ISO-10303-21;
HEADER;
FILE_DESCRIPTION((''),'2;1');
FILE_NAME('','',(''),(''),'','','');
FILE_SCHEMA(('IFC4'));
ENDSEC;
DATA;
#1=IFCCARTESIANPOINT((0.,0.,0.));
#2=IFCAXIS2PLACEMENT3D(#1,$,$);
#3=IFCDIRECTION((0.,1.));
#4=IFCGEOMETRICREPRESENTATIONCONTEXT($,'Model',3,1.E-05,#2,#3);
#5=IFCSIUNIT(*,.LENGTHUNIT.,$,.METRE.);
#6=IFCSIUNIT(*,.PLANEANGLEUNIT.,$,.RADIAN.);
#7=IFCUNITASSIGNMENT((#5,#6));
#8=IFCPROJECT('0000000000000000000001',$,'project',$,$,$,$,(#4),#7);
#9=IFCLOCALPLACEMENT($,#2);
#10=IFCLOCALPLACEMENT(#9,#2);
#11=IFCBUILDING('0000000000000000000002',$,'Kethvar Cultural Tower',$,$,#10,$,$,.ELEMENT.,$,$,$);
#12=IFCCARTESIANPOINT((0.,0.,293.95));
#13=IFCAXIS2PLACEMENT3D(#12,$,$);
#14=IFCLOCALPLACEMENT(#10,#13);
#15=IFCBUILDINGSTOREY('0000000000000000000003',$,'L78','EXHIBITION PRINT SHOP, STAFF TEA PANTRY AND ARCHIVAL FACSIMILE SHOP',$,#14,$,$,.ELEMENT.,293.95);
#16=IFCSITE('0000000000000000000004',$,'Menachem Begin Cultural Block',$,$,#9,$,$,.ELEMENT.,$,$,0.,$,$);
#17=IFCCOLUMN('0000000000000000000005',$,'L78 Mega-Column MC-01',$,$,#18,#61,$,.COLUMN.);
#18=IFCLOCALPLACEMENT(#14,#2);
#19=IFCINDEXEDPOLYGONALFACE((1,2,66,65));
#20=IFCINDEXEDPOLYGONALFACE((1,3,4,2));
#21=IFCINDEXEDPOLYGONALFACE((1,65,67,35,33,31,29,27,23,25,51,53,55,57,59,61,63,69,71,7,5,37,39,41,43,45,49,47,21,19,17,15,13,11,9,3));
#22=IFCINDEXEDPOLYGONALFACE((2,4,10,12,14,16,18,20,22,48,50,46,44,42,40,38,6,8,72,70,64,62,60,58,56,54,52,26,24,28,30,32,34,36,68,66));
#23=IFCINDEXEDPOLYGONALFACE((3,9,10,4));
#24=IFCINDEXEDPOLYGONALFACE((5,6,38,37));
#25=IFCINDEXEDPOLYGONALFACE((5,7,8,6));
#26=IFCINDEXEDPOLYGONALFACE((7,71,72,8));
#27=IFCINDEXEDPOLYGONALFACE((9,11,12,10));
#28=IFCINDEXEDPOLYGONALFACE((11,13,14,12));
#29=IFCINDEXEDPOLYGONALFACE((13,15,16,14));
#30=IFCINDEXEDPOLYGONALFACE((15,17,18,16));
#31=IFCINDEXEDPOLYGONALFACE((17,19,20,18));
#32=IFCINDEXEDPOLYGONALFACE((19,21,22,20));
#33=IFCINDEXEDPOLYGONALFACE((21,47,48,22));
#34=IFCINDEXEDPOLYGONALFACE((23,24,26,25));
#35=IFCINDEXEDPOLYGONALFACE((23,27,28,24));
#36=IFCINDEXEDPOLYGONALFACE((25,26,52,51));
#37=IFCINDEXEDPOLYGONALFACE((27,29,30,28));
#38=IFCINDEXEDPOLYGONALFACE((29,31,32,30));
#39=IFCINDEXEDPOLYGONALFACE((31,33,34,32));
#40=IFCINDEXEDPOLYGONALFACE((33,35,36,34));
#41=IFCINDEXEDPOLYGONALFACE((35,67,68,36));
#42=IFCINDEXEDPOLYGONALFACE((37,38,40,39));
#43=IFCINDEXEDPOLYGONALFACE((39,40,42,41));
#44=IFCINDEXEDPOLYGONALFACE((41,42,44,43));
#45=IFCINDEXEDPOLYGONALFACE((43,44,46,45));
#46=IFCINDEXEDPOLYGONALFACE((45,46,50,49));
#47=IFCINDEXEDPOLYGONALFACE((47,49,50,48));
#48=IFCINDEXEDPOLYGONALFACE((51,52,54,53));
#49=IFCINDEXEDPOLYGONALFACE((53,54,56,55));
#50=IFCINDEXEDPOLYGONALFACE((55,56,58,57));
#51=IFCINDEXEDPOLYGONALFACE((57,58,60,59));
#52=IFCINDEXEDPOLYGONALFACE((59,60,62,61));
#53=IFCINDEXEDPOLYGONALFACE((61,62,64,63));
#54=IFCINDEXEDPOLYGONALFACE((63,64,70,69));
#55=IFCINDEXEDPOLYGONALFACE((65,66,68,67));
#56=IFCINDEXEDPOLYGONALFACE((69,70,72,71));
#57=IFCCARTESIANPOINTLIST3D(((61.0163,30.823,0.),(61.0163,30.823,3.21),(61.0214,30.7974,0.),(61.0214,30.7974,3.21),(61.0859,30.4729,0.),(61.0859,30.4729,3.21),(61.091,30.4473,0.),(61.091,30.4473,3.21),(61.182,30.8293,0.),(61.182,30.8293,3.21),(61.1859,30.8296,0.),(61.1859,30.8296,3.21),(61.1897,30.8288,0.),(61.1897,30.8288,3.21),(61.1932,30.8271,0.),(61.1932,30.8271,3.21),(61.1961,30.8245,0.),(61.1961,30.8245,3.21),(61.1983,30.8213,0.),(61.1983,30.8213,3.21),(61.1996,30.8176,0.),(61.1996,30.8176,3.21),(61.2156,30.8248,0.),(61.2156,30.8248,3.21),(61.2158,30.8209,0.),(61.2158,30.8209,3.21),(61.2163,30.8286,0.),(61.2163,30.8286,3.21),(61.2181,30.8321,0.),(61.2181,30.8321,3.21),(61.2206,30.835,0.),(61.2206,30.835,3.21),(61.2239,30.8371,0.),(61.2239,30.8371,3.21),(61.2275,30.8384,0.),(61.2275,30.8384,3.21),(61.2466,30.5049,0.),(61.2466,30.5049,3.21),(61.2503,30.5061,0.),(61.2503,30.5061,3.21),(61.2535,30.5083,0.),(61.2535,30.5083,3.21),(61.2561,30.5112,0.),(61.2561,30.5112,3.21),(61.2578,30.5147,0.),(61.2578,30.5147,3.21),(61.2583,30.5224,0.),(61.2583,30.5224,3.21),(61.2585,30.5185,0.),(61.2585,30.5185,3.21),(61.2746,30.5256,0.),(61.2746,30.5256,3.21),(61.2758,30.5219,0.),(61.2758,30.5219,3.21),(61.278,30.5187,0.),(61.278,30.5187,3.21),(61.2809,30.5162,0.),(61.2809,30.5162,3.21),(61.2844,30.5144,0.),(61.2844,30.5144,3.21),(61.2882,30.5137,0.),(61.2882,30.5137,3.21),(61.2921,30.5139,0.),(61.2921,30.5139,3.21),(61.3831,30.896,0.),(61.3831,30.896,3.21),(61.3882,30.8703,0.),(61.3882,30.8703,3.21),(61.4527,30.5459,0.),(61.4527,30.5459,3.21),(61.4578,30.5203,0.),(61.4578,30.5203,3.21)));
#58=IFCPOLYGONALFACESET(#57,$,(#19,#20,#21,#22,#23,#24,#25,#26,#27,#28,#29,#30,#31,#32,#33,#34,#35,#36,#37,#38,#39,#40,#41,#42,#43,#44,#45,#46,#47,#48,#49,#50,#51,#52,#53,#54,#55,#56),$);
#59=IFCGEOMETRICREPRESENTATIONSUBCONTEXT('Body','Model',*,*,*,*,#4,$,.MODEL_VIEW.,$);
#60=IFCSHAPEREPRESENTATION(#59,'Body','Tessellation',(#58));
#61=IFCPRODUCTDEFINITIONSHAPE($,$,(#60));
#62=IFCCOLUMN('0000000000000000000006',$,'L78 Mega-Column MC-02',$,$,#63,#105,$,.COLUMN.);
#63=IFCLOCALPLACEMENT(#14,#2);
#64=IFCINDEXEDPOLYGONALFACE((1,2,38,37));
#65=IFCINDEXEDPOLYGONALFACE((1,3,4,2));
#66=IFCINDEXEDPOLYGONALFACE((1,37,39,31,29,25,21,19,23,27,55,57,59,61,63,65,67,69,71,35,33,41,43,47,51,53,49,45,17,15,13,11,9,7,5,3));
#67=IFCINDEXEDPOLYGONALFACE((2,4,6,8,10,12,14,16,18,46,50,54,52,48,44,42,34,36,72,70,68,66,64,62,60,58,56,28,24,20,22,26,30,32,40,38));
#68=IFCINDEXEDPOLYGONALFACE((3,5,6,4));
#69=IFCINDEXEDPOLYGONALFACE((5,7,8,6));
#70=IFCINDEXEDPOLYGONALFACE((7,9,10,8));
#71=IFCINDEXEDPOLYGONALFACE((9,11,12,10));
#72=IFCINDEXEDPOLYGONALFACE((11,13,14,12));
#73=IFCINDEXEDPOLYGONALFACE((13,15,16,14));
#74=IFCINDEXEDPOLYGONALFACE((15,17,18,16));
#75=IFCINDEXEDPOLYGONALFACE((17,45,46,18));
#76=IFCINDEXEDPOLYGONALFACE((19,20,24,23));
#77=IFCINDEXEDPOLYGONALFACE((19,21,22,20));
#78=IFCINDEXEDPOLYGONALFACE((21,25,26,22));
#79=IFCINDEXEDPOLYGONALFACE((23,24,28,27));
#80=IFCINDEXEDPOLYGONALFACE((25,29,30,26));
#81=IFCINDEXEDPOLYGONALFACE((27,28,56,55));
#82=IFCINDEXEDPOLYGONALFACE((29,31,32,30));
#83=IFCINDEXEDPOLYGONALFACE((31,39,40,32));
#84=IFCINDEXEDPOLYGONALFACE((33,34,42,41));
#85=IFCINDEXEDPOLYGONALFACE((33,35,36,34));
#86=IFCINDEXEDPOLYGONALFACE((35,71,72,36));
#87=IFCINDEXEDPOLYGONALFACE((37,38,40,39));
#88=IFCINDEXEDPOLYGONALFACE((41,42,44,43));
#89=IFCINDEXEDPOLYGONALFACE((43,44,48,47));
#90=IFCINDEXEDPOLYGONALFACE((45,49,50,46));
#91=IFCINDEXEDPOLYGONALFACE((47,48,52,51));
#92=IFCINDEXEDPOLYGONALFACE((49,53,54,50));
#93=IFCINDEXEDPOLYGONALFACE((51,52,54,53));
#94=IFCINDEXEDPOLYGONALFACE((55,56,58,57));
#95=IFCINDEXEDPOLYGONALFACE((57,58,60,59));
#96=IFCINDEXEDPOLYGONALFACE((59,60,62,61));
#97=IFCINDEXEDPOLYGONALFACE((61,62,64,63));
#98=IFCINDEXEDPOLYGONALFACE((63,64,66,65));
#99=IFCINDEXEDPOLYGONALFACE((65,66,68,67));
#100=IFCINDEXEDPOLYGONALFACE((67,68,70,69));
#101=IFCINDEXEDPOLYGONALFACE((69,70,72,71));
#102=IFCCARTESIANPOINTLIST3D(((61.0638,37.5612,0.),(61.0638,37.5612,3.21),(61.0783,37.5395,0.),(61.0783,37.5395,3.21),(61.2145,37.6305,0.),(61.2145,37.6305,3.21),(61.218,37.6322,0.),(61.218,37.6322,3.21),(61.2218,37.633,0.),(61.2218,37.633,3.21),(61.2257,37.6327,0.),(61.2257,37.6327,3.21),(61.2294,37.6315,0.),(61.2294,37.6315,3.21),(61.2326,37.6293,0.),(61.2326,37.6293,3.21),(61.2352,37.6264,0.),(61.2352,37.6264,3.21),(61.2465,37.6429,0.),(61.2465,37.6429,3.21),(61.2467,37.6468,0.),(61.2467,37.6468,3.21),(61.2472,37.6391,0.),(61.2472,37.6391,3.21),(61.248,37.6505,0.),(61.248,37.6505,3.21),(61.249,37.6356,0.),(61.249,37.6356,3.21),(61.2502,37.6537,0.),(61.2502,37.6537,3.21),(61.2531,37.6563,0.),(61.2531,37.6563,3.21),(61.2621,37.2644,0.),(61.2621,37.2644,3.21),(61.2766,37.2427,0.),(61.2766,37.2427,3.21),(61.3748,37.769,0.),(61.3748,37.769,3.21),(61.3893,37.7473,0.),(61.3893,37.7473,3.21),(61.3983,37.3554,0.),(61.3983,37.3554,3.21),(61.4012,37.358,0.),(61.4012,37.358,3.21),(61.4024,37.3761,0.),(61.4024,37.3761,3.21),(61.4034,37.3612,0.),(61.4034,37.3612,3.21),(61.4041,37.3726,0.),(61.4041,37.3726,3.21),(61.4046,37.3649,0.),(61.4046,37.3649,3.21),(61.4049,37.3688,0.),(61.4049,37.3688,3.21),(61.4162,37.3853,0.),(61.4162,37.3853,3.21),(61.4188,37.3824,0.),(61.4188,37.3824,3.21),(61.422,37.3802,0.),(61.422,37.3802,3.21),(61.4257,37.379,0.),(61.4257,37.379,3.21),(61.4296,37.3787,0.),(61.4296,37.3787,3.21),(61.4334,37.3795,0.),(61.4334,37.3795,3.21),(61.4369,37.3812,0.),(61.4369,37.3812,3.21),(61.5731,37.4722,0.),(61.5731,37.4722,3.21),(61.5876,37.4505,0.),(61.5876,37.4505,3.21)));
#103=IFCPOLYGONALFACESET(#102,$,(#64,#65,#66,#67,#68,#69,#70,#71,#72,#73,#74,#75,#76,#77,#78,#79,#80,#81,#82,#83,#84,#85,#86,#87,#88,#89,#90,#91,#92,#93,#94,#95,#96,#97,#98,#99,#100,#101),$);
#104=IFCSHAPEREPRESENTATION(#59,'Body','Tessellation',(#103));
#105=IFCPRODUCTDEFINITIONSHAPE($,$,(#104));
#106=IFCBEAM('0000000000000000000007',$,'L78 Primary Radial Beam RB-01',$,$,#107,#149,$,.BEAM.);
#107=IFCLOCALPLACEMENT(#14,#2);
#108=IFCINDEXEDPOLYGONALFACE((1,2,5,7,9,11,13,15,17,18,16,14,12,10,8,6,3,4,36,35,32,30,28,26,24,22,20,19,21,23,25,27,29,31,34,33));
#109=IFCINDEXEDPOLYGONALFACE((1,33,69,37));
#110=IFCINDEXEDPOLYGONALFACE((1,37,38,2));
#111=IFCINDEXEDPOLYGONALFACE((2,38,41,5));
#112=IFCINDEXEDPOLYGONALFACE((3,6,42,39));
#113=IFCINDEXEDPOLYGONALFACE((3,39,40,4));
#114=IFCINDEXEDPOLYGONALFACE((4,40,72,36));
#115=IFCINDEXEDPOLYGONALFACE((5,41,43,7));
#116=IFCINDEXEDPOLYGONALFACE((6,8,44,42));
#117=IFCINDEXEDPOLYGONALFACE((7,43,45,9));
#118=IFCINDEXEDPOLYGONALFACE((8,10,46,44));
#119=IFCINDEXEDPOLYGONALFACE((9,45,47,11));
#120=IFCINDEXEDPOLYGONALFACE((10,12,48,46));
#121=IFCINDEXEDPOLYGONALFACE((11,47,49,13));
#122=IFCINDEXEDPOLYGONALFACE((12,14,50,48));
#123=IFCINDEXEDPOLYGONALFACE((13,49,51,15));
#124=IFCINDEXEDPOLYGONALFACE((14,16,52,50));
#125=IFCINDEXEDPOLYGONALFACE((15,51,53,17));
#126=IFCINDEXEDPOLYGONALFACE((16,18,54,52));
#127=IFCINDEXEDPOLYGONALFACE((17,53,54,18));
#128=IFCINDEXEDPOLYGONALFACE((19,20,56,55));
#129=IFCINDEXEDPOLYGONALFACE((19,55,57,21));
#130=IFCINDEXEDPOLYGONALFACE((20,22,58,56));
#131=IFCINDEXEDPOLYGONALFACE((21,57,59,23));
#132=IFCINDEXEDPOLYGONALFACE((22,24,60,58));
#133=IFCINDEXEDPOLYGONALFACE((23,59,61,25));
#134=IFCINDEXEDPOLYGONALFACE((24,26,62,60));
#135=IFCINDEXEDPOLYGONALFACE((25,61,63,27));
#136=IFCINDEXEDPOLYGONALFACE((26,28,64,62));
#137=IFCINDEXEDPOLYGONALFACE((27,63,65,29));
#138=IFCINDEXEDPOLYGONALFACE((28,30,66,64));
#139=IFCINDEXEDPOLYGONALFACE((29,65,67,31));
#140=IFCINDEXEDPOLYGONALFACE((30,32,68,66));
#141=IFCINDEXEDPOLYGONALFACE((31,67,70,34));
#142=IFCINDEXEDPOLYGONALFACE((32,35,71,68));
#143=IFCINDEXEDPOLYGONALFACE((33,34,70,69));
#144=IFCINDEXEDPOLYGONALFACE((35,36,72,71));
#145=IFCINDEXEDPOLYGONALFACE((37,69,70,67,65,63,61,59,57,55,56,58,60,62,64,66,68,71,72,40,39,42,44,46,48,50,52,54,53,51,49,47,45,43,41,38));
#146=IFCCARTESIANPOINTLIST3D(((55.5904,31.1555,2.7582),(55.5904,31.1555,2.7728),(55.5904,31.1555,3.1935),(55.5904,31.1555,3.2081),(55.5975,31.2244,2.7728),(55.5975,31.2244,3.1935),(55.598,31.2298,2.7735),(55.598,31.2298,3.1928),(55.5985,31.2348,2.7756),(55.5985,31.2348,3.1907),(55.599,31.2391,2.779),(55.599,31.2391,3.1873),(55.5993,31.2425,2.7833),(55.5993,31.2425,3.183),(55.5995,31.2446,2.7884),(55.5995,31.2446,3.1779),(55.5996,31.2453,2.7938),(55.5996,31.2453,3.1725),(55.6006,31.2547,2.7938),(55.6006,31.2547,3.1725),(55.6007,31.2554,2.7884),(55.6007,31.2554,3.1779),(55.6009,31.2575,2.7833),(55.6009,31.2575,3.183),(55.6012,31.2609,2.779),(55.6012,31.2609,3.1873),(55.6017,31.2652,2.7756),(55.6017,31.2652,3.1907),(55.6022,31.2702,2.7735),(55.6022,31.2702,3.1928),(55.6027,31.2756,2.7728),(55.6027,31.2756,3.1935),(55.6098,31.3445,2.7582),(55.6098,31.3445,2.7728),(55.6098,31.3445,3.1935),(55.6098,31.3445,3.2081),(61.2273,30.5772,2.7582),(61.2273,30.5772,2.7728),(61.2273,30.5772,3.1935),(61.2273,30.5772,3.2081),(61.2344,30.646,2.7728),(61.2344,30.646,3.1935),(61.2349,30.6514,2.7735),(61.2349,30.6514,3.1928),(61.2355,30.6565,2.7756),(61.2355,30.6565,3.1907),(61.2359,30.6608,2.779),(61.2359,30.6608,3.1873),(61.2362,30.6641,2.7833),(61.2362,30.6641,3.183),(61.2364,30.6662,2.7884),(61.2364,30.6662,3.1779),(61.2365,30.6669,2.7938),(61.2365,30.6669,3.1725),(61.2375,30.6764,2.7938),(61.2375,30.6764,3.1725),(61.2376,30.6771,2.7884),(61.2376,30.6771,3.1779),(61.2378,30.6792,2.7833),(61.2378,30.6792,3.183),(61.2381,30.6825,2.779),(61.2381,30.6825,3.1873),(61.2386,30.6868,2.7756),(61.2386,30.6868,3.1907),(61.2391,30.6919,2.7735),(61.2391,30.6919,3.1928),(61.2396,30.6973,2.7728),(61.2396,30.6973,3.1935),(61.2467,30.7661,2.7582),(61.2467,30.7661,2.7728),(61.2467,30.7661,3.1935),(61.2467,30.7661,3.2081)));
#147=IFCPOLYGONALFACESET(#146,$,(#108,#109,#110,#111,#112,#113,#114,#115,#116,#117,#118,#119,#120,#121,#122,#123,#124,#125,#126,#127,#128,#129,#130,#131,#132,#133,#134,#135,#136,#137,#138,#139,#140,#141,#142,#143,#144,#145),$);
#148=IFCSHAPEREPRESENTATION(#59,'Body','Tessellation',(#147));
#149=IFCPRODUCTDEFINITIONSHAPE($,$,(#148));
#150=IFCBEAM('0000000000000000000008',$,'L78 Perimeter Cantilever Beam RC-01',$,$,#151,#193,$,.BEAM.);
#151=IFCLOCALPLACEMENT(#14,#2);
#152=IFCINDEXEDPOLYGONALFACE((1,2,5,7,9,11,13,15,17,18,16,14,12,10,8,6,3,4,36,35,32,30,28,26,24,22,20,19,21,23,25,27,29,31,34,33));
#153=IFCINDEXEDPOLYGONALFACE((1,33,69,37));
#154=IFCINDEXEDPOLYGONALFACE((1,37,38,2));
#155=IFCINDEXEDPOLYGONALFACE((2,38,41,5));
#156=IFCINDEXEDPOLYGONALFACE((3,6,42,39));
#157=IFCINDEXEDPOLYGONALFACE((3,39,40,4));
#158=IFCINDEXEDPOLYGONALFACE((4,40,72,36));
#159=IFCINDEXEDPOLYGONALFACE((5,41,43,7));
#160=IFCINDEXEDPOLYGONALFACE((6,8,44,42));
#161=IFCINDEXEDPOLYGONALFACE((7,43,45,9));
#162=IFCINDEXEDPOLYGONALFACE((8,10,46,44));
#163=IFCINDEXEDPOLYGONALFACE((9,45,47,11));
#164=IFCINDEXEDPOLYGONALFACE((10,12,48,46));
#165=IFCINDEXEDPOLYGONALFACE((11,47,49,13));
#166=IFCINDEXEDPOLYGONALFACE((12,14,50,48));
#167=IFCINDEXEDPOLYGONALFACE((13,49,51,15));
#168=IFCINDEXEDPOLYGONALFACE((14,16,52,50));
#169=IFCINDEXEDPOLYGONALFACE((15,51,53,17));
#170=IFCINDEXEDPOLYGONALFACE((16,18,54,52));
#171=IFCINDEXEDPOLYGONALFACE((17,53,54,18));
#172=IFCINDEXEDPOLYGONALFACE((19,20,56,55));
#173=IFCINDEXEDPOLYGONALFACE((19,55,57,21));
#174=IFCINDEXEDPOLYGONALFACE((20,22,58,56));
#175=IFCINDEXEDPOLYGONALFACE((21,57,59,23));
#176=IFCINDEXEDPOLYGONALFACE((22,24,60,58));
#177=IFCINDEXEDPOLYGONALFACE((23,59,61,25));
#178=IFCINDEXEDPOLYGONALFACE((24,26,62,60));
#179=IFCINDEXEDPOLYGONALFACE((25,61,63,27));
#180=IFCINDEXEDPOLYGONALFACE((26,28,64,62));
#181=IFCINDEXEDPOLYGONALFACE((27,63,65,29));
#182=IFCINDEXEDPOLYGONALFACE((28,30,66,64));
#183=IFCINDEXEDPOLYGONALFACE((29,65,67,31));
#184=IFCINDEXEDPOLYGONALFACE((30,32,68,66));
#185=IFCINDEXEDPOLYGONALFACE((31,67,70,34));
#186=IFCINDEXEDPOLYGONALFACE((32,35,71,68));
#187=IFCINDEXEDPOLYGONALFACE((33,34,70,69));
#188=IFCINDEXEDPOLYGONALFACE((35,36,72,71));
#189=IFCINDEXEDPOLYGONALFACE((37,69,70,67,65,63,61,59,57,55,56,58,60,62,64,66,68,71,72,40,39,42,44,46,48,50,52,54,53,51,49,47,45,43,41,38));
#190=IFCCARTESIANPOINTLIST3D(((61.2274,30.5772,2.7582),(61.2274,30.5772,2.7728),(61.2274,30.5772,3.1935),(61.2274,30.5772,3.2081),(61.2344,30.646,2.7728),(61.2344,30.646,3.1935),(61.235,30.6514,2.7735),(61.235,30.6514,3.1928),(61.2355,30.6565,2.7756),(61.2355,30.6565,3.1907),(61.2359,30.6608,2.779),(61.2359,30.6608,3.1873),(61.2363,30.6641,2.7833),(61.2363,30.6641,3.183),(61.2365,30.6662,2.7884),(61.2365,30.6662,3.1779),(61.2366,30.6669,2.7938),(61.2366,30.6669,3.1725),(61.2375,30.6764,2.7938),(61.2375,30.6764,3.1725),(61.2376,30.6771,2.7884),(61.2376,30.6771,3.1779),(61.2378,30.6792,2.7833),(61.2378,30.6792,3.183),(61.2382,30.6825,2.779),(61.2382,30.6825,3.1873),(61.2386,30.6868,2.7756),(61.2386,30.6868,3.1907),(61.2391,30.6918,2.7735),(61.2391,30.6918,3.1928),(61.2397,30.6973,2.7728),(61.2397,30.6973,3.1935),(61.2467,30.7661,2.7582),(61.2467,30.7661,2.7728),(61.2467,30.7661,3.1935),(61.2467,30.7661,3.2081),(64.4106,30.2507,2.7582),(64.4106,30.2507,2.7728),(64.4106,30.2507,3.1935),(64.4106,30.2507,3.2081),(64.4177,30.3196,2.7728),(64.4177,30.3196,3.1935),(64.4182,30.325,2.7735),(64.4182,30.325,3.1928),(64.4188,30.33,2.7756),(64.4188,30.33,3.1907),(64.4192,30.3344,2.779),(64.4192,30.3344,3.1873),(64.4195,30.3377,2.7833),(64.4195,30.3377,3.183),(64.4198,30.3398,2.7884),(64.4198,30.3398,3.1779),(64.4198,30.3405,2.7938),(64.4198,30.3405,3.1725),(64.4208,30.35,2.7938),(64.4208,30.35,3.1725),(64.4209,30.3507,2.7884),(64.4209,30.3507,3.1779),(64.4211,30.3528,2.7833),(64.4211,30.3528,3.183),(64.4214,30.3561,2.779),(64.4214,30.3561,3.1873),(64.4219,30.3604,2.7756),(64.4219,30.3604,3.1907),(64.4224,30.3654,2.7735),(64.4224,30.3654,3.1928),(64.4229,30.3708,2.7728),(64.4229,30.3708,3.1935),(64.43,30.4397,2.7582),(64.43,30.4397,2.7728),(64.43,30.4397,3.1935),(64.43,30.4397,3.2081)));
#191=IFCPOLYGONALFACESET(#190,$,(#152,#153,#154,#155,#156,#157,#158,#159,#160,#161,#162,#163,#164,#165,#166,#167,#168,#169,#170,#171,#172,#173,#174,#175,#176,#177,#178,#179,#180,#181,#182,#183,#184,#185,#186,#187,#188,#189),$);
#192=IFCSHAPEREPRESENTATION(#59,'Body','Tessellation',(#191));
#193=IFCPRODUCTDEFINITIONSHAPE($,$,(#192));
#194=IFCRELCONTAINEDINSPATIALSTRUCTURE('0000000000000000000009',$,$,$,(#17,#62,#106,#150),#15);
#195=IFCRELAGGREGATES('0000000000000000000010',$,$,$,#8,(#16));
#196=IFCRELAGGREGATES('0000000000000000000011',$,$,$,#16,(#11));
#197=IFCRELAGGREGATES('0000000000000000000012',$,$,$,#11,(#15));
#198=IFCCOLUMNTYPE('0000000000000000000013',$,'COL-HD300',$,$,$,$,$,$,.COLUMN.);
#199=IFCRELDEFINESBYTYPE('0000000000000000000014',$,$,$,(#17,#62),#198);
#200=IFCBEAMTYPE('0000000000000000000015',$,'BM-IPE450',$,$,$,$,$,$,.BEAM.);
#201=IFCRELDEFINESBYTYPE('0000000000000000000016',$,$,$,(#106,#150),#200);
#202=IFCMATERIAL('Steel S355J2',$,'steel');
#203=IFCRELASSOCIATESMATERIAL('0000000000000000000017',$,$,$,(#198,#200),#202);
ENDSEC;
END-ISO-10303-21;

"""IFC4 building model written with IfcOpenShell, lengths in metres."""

from ifc_helpers import new_model, si_unit, direction, frame, origin, origin_2d, place, context, subcontext, project, spatial, i_section, extrude, source, transform, mapped, material, material_profile, profile_set, type_object, element, save


model = new_model("IFC4")

# Units and contexts
model_context = context("Model", 3, precision=1e-05, world=origin(), true_north=direction((0.0, 1.0)))
body_context = subcontext(model_context, "Body", "Model", "MODEL_VIEW")
ifc_project = project(units=[si_unit("LENGTHUNIT", "METRE"), si_unit("PLANEANGLEUNIT", "RADIAN")], contexts=[model_context])

# Site, building, storey
site_placement = place(None, origin())
site = spatial("IfcSite", under=ifc_project, at=site_placement, Name="Menachem Begin Cultural Block", CompositionType="ELEMENT", RefElevation=0.0)
building_placement = place(site_placement, origin())
building = spatial("IfcBuilding", under=site, at=building_placement, Name="Kethvar Cultural Tower", CompositionType="ELEMENT")
storey_placement = place(building_placement, frame((0.0, 0.0, 293.95)))
storey = spatial("IfcBuildingStorey", under=building, at=storey_placement, Name="L78", Description="EXHIBITION PRINT SHOP, STAFF TEA PANTRY AND ARCHIVAL FACSIMILE SHOP", CompositionType="ELEMENT", Elevation=293.95)

# Columns
ifc_material_1 = material(Name="Steel S355J2", Category="steel")
ifc_material_profile_1 = material_profile(ifc_material_1, i_section(OverallWidth=0.374, OverallDepth=0.3831, WebThickness=0.0166, FlangeThickness=0.0261, FilletRadius=0.0149, at=origin_2d()), Name="Steel S355J2 — HD360x300")
ifc_profile_set_1 = profile_set([ifc_material_profile_1], Name="Steel S355J2 — HD360x300")
column_type = type_object("IfcColumnType", Name="COL-HD300", PredefinedType="COLUMN", material=ifc_profile_set_1)
shared_shape_1 = source(origin(), body_context, "Body", "SweptSolid", [
    extrude(i_section(OverallWidth=0.374, OverallDepth=0.3831, WebThickness=0.0166, FlangeThickness=0.0261, FilletRadius=0.0149, at=origin_2d()), origin(), (0.0, 0.0, 1.0), 3.21),
])
for number, where, z_axis, x_axis, name in (
    (1, (61.2371, 30.6716, 0.0), (0.0, 0.0, 1.0), (0.980785, 0.19509, 0.0), "L78 Mega-Column MC-01"),
    (2, (61.3257, 37.5059, 0.0), (0.0, 0.0, 1.0), (0.83147, 0.55557, 0.0), "L78 Mega-Column MC-02"),
):
    element("IfcColumn", number, at=place(storey_placement, frame(where, z_axis=z_axis, x_axis=x_axis)), inside=storey, type_object=column_type, Name=name, PredefinedType="COLUMN", context=body_context, shape_type="MappedRepresentation", body=[
        mapped(shared_shape_1, transform((0.0, 0.0, 0.0), scale=1.0)),
    ])

# Beams
ifc_material_profile_2 = material_profile(ifc_material_1, i_section(OverallWidth=0.1899, OverallDepth=0.45, WebThickness=0.0095, FlangeThickness=0.0146, FilletRadius=0.021, at=origin_2d()), Name="Steel S355J2 — IPE450")
ifc_profile_set_2 = profile_set([ifc_material_profile_2], Name="Steel S355J2 — IPE450")
beam_type_1 = type_object("IfcBeamType", Name="BM-IPE450", PredefinedType="BEAM", material=ifc_profile_set_2)
shared_shape_2 = source(origin(), body_context, "Body", "SweptSolid", [
    extrude(i_section(OverallWidth=0.1899, OverallDepth=0.45, WebThickness=0.0095, FlangeThickness=0.0146, FilletRadius=0.021, at=origin_2d()), origin(), (0.0, 0.0, 1.0), 5.6665),
])
beam_1_placement = place(storey_placement, frame((55.6001, 31.25, 2.9832), z_axis=(0.994778, -0.102067, 0.0), x_axis=(0.102067, 0.994778, 0.0)))
element("IfcBeam", 3, at=beam_1_placement, inside=storey, type_object=beam_type_1, Name="L78 Primary Radial Beam RB-01", PredefinedType="BEAM", context=body_context, shape_type="MappedRepresentation", body=[
    mapped(shared_shape_2, transform((0.0, 0.0, 0.0), scale=1.0)),
])
shared_shape_3 = source(origin(), body_context, "Body", "SweptSolid", [
    extrude(i_section(OverallWidth=0.1899, OverallDepth=0.45, WebThickness=0.0095, FlangeThickness=0.0146, FilletRadius=0.021, at=origin_2d()), origin(), (0.0, 0.0, 1.0), 3.2),
])
beam_2_placement = place(storey_placement, frame((61.2371, 30.6716, 2.9832), z_axis=(0.994784, -0.102004, 0.0), x_axis=(0.102004, 0.994784, 0.0)))
element("IfcBeam", 4, at=beam_2_placement, inside=storey, type_object=beam_type_1, Name="L78 Perimeter Cantilever Beam RC-01", PredefinedType="BEAM", context=body_context, shape_type="MappedRepresentation", body=[
    mapped(shared_shape_3, transform((0.0, 0.0, 0.0), scale=1.0)),
])

save(model, "model.ifc")
